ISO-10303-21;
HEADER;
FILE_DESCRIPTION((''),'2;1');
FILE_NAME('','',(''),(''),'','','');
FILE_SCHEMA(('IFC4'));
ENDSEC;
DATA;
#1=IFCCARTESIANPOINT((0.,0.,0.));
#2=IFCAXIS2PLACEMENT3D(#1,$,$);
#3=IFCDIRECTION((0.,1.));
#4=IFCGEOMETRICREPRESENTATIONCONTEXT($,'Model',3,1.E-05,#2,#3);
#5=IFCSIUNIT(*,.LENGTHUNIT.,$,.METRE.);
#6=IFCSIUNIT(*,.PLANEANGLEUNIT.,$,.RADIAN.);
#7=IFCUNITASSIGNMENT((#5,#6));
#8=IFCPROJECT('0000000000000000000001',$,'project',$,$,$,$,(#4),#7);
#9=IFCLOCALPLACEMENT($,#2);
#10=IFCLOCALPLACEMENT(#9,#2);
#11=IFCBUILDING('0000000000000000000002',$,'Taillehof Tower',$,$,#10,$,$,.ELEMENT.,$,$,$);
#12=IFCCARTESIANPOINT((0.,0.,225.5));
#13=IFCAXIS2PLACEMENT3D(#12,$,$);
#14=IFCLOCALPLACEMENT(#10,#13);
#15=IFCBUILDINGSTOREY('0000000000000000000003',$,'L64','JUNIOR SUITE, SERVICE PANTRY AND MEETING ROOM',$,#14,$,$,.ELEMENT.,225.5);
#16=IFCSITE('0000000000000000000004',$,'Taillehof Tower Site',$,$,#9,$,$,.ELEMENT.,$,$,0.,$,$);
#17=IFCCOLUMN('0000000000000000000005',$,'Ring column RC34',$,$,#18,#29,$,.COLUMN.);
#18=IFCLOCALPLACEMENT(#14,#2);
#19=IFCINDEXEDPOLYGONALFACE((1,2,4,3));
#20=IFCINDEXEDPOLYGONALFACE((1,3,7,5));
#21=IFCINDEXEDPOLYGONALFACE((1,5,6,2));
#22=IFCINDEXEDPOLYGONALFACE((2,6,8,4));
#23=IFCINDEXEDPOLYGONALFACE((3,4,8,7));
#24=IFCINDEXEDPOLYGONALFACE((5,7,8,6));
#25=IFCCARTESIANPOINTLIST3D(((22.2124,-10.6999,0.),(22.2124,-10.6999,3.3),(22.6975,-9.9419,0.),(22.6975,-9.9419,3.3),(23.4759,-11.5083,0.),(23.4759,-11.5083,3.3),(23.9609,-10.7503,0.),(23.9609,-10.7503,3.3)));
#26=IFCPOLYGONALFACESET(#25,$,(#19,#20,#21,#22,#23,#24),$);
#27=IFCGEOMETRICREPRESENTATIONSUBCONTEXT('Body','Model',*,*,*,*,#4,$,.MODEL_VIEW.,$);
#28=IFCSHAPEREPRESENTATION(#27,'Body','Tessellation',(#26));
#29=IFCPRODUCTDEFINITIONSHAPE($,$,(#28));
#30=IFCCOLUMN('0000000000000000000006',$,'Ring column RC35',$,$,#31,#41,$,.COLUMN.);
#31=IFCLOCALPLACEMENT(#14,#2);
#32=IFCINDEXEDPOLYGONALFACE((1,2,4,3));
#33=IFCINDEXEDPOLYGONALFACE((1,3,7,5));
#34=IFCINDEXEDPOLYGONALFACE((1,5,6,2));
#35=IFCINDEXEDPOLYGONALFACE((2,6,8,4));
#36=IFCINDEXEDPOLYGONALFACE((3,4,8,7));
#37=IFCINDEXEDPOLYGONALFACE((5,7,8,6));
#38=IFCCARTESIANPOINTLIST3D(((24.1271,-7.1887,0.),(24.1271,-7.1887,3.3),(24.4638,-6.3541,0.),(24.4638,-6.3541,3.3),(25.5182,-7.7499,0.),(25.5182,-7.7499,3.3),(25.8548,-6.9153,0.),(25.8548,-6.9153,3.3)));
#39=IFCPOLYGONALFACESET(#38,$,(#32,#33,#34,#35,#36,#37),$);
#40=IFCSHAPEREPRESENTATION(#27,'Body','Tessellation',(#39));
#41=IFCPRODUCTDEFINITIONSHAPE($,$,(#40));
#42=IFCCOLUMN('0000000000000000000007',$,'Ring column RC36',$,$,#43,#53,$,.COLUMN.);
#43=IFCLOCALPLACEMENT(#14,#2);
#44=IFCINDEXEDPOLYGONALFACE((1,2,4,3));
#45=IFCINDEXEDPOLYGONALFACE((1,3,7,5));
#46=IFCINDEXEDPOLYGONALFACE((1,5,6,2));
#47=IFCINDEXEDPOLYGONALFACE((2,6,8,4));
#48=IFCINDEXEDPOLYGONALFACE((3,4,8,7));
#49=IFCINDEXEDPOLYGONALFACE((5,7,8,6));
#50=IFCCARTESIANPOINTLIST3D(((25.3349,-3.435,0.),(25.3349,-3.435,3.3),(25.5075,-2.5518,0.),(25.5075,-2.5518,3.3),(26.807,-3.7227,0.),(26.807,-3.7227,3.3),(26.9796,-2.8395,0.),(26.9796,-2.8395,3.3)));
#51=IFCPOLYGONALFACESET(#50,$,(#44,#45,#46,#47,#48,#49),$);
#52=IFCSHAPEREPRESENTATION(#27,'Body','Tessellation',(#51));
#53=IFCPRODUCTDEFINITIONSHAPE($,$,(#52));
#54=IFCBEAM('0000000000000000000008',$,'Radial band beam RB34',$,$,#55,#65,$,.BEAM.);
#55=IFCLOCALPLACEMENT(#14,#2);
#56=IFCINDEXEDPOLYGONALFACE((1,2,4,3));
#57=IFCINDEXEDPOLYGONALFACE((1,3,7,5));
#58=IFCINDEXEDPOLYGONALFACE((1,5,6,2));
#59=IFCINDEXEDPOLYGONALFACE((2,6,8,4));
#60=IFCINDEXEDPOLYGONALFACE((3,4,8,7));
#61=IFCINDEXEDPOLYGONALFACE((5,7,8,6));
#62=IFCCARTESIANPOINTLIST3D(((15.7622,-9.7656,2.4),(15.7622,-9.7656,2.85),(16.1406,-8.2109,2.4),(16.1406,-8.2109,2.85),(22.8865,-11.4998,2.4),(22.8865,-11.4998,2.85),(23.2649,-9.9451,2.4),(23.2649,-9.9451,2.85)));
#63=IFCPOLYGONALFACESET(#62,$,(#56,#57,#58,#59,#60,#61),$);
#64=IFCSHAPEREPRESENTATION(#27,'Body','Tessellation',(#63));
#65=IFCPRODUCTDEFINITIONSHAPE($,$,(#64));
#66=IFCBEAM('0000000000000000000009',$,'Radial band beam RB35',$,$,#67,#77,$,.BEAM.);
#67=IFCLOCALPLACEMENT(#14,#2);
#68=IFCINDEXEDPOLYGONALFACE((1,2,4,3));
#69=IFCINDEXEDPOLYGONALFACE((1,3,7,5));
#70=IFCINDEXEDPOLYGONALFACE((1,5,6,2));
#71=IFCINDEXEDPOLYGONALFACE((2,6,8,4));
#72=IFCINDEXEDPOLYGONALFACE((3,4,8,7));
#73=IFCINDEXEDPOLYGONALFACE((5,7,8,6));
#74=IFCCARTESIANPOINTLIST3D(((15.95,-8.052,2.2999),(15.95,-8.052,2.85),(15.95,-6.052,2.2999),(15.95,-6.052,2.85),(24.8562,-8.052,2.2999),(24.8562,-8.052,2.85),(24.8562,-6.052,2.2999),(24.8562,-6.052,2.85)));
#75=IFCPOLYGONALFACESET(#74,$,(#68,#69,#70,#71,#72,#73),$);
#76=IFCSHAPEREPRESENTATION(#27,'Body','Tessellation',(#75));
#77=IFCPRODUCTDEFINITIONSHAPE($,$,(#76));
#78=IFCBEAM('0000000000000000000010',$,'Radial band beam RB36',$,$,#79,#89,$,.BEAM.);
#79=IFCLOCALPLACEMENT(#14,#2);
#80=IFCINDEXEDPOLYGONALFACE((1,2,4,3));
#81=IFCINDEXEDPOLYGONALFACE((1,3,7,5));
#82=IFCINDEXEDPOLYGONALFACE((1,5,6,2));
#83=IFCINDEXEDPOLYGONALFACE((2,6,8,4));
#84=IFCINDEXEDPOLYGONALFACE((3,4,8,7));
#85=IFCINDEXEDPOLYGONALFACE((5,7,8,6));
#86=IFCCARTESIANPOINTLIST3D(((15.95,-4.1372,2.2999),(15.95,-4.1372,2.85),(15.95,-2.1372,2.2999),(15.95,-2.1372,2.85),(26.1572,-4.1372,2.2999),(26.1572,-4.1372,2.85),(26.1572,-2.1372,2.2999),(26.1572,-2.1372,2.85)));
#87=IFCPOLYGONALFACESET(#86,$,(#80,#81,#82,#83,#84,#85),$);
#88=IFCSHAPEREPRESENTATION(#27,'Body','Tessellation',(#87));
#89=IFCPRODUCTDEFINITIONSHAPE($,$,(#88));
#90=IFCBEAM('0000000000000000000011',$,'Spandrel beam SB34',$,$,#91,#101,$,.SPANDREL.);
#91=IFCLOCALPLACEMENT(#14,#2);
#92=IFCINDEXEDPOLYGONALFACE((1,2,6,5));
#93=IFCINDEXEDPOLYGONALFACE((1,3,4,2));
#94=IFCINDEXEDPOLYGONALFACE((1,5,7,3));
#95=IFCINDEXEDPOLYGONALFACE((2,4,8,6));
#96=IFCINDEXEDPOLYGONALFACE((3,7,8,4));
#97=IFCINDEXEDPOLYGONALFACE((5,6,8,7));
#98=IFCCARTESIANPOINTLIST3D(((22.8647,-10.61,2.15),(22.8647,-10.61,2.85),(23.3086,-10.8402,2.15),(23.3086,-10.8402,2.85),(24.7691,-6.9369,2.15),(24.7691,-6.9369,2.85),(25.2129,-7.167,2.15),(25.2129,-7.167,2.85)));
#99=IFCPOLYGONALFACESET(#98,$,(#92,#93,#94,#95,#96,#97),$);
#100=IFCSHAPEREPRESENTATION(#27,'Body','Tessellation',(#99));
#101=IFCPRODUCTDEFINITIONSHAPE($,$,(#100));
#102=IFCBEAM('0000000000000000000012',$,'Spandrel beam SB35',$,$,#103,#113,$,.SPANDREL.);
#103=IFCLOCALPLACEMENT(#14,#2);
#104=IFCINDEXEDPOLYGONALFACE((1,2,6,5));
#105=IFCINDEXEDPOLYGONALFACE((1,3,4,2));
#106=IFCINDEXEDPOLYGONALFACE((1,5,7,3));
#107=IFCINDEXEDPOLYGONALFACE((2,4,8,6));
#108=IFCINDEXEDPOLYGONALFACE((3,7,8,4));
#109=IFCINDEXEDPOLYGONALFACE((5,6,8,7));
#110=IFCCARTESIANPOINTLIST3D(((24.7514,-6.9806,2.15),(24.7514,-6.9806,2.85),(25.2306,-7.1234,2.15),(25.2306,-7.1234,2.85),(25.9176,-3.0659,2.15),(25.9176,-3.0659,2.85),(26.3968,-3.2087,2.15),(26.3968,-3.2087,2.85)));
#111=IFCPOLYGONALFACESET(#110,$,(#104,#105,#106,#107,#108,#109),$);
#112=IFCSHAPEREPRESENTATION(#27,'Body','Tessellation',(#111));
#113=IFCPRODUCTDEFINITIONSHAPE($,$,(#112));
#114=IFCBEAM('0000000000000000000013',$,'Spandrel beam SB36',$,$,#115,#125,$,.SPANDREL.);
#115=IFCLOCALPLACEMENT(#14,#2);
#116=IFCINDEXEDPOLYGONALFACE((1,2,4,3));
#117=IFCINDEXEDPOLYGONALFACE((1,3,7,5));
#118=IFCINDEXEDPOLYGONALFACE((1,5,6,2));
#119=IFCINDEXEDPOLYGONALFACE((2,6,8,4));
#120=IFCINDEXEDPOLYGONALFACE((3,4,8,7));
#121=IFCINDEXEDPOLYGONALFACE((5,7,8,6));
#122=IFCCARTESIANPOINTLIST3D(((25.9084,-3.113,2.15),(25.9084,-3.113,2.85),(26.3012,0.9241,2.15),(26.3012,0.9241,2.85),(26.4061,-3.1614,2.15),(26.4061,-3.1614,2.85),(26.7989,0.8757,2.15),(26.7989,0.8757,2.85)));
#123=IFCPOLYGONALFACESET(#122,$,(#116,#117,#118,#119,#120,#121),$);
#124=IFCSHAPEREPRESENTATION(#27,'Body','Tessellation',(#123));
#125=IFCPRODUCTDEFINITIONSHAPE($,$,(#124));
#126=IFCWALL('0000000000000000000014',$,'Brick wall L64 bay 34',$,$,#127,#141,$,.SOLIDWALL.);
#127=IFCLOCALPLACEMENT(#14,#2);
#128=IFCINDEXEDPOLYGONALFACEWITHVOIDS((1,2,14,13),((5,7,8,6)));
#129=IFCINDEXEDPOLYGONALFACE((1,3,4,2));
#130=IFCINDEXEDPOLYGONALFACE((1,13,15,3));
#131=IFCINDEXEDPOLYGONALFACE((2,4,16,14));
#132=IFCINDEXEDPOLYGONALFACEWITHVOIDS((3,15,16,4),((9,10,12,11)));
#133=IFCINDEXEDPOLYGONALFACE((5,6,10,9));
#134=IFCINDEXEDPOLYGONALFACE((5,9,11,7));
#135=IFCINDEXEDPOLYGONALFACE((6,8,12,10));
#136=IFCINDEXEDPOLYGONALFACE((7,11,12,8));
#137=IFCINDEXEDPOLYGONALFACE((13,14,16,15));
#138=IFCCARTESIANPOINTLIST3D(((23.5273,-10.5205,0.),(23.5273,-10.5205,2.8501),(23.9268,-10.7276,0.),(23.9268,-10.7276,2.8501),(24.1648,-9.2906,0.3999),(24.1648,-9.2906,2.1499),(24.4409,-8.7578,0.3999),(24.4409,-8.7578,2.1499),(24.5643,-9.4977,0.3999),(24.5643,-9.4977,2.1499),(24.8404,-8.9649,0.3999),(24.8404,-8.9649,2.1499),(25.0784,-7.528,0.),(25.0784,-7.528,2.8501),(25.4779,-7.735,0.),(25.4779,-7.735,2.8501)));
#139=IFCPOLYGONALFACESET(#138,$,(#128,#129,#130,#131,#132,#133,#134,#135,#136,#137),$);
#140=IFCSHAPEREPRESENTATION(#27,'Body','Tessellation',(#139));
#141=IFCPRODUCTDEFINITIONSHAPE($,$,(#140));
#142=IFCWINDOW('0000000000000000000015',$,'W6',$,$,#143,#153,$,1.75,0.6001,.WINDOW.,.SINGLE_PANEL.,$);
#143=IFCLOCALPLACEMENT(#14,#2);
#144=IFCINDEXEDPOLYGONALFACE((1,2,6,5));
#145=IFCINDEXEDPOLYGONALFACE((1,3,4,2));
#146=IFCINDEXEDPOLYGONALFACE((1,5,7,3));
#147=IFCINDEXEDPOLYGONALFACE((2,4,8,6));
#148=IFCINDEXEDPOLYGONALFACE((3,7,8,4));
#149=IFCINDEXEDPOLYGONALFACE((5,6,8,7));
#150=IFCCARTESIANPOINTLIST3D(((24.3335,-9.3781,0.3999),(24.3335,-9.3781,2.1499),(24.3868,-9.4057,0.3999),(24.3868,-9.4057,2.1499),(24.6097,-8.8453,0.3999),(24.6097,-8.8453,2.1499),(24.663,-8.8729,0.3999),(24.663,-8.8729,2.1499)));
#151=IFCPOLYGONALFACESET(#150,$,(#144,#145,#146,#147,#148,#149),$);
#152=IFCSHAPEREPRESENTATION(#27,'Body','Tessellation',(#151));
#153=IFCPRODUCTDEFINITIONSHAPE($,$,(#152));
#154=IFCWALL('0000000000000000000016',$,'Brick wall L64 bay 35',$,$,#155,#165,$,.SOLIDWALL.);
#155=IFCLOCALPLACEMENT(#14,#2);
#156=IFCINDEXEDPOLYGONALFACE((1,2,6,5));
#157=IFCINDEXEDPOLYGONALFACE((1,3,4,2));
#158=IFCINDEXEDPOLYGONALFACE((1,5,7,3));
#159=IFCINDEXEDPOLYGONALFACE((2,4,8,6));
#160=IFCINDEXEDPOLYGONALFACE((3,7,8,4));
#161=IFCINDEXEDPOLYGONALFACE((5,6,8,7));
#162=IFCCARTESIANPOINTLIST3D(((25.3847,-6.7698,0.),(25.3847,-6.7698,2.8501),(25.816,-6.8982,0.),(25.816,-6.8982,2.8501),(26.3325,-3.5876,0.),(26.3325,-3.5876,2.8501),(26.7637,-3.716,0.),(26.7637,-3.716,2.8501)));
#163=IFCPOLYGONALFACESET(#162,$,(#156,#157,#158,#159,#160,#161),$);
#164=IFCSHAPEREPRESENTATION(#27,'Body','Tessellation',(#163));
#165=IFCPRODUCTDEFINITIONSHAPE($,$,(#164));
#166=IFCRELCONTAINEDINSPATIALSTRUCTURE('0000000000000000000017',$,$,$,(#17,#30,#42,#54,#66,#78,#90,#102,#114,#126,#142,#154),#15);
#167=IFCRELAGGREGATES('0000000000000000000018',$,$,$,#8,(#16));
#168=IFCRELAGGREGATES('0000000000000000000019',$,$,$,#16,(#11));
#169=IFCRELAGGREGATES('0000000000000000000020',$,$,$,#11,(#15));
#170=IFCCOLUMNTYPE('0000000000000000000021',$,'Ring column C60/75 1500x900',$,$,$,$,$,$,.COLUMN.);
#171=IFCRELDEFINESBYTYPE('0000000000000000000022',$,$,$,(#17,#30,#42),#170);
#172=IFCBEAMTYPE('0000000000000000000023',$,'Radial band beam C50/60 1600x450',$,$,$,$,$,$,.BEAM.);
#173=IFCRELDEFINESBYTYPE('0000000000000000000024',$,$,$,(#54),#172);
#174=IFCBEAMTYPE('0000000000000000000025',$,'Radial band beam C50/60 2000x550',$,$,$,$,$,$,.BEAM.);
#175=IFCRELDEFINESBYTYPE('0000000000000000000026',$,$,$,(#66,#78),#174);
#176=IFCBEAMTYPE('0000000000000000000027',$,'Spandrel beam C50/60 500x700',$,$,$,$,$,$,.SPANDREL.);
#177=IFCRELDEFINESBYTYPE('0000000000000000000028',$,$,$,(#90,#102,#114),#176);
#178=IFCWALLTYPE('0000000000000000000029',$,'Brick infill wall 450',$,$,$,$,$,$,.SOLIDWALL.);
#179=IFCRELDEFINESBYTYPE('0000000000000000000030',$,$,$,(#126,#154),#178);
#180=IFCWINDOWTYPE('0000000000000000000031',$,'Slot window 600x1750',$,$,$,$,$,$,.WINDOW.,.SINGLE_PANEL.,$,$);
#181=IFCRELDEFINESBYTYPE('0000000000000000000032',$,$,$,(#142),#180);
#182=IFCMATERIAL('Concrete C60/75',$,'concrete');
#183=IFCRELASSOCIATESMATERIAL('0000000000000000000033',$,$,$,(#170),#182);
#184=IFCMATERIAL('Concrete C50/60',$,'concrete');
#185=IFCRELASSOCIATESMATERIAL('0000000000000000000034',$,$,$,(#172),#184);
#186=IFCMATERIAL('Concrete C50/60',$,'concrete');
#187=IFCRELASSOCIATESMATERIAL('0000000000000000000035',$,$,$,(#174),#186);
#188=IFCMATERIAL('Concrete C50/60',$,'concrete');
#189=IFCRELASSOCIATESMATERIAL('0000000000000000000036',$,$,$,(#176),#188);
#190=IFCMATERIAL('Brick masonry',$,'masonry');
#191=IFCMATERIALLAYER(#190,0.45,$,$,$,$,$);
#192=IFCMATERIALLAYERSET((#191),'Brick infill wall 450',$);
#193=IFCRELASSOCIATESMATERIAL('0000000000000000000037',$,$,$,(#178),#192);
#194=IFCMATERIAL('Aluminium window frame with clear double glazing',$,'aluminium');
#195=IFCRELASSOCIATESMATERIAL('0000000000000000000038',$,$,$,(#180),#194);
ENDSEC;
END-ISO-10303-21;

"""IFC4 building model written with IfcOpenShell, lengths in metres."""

from ifc_helpers import new_model, si_unit, direction, frame, frame_2d, origin, origin_2d, place, context, subcontext, project, spatial, rectangle, extrude, material, layer, layer_set, material_profile, profile_set, type_object, element, fill, save


model = new_model("IFC4")

# Units and contexts
model_context = context("Model", 3, precision=1e-05, world=origin(), true_north=direction((0.0, 1.0)))
body_context = subcontext(model_context, "Body", "Model", "MODEL_VIEW")
ifc_project = project(units=[si_unit("LENGTHUNIT", "METRE"), si_unit("PLANEANGLEUNIT", "RADIAN")], contexts=[model_context])

# Site, building, storey
site_placement = place(None, origin())
site = spatial("IfcSite", under=ifc_project, at=site_placement, Name="Taillehof Tower Site", CompositionType="ELEMENT", RefElevation=0.0)
building_placement = place(site_placement, origin())
building = spatial("IfcBuilding", under=site, at=building_placement, Name="Taillehof Tower", CompositionType="ELEMENT")
storey_placement = place(building_placement, frame((0.0, 0.0, 225.5)))
storey = spatial("IfcBuildingStorey", under=building, at=storey_placement, Name="L64", Description="JUNIOR SUITE, SERVICE PANTRY AND MEETING ROOM", CompositionType="ELEMENT", Elevation=225.5)

# Columns
ifc_material_1 = material(Name="Concrete C60/75", Category="concrete")
ifc_material_profile_1 = material_profile(ifc_material_1, rectangle(XDim=1.5, YDim=0.8999, at=origin_2d()), Name="RC 1500x900")
ifc_profile_set_1 = profile_set([ifc_material_profile_1], Name="Concrete C60/75")
column_type = type_object("IfcColumnType", Name="Ring column C60/75 1500x900", PredefinedType="COLUMN", material=ifc_profile_set_1)
for number, where, z_axis, x_axis, name in (
    (1, (23.0867, -10.7251, 0.0), (0.0, 0.0, 1.0), (0.842311, -0.538992, 0.0), "Ring column RC34"),
    (2, (24.991, -7.052, 0.0), (0.0, 0.0, 1.0), (0.927385, -0.374108, 0.0), "Ring column RC35"),
    (3, (26.1572, -3.1372, 0.0), (0.0, 0.0, 1.0), (0.981434, -0.191801, 0.0), "Ring column RC36"),
):
    element("IfcColumn", number, at=place(storey_placement, frame(where, z_axis=z_axis, x_axis=x_axis)), inside=storey, type_object=column_type, Name=name, PredefinedType="COLUMN", context=body_context, shape_type="SweptSolid", body=[
        extrude(rectangle(XDim=1.5, YDim=0.8999, at=origin_2d()), origin(), (0.0, 0.0, 1.0), 3.3),
    ])

# Beams
ifc_material_2 = material(Name="Concrete C50/60", Category="concrete")
ifc_material_profile_2 = material_profile(ifc_material_2, rectangle(XDim=1.6001, YDim=0.45, at=origin_2d()), Name="RC 1600x450")
ifc_profile_set_2 = profile_set([ifc_material_profile_2], Name="Concrete C50/60")
beam_type_1 = type_object("IfcBeamType", Name="Radial band beam C50/60 1600x450", PredefinedType="BEAM", material=ifc_profile_set_2)
beam_1_placement = place(storey_placement, frame((23.0757, -10.7224, 2.625), z_axis=(-0.97163, 0.236506, 0.0), x_axis=(-0.236506, -0.97163, 0.0)))
element("IfcBeam", 4, at=beam_1_placement, inside=storey, type_object=beam_type_1, Name="Radial band beam RB34", PredefinedType="BEAM", context=body_context, shape_type="SweptSolid", body=[
    extrude(rectangle(XDim=1.6001, YDim=0.45, at=origin_2d()), origin(), (0.0, 0.0, 1.0), 7.3323),
])
ifc_material_3 = material(Name="Concrete C50/60", Category="concrete")
ifc_material_profile_3 = material_profile(ifc_material_3, rectangle(XDim=2.0, YDim=0.55, at=origin_2d()), Name="RC 2000x550")
ifc_profile_set_3 = profile_set([ifc_material_profile_3], Name="Concrete C50/60")
beam_type_2 = type_object("IfcBeamType", Name="Radial band beam C50/60 2000x550", PredefinedType="BEAM", material=ifc_profile_set_3)
beam_2_placement = place(storey_placement, frame((24.8562, -7.052, 2.575), z_axis=(-1.0, 0.0, 0.0), x_axis=(0.0, -1.0, 0.0)))
element("IfcBeam", 5, at=beam_2_placement, inside=storey, type_object=beam_type_2, Name="Radial band beam RB35", PredefinedType="BEAM", context=body_context, shape_type="SweptSolid", body=[
    extrude(rectangle(XDim=2.0, YDim=0.55, at=origin_2d()), origin(), (0.0, 0.0, 1.0), 8.9062),
])
beam_3_placement = place(storey_placement, frame((26.1572, -3.1372, 2.575), z_axis=(-1.0, 0.0, 0.0), x_axis=(0.0, -1.0, 0.0)))
element("IfcBeam", 6, at=beam_3_placement, inside=storey, type_object=beam_type_2, Name="Radial band beam RB36", PredefinedType="BEAM", context=body_context, shape_type="SweptSolid", body=[
    extrude(rectangle(XDim=2.0, YDim=0.55, at=origin_2d()), origin(), (0.0, 0.0, 1.0), 10.2073),
])
ifc_material_4 = material(Name="Concrete C50/60", Category="concrete")
ifc_material_profile_4 = material_profile(ifc_material_4, rectangle(XDim=0.5, YDim=0.7, at=origin_2d()), Name="RC 500x700")
ifc_profile_set_4 = profile_set([ifc_material_profile_4], Name="Concrete C50/60")
beam_type_3 = type_object("IfcBeamType", Name="Spandrel beam C50/60 500x700", PredefinedType="SPANDREL", material=ifc_profile_set_4)
beam_4_placement = place(storey_placement, frame((23.0867, -10.7251, 2.5), z_axis=(0.460265, 0.887781, 0.0), x_axis=(-0.887781, 0.460265, 0.0)))
element("IfcBeam", 7, at=beam_4_placement, inside=storey, type_object=beam_type_3, Name="Spandrel beam SB34", PredefinedType="SPANDREL", context=body_context, shape_type="SweptSolid", body=[
    extrude(rectangle(XDim=0.5, YDim=0.7, at=origin_2d()), origin(), (0.0, 0.0, 1.0), 4.1375),
])
beam_5_placement = place(storey_placement, frame((24.991, -7.052, 2.5), z_axis=(0.28551, 0.958376, 0.0), x_axis=(-0.958376, 0.28551, 0.0)))
element("IfcBeam", 8, at=beam_5_placement, inside=storey, type_object=beam_type_3, Name="Spandrel beam SB35", PredefinedType="SPANDREL", context=body_context, shape_type="SweptSolid", body=[
    extrude(rectangle(XDim=0.5, YDim=0.7, at=origin_2d()), origin(), (0.0, 0.0, 1.0), 4.0847),
])
beam_6_placement = place(storey_placement, frame((26.1572, -3.1372, 2.5), z_axis=(0.096845, 0.995299, 0.0), x_axis=(-0.995299, 0.096845, 0.0)))
element("IfcBeam", 9, at=beam_6_placement, inside=storey, type_object=beam_type_3, Name="Spandrel beam SB36", PredefinedType="SPANDREL", context=body_context, shape_type="SweptSolid", body=[
    extrude(rectangle(XDim=0.5, YDim=0.7, at=origin_2d()), origin(), (0.0, 0.0, 1.0), 4.0562),
])

# Wall, opening, window
ifc_material_5 = material(Name="Brick masonry", Category="masonry")
ifc_layer_1 = layer(ifc_material_5, 0.45)
ifc_layer_set_1 = layer_set([ifc_layer_1], Name="Brick infill wall 450")
wall_type_1 = type_object("IfcWallType", Name="Brick infill wall 450", PredefinedType="SOLIDWALL", material=ifc_layer_set_1)
wall_1_placement = place(storey_placement, frame((23.7271, -10.624, 0.0), z_axis=(0.0, 0.0, 1.0), x_axis=(0.460176, 0.887828, 0.0)))
wall_1 = element("IfcWall", 10, at=wall_1_placement, inside=storey, type_object=wall_type_1, Name="Brick wall L64 bay 34", PredefinedType="SOLIDWALL", context=body_context, shape_type="SweptSolid", body=[
    extrude(rectangle(XDim=3.3706, YDim=0.45, at=frame_2d((1.6853, 0.0))), origin(), (0.0, 0.0, 1.0), 2.8501),
])
opening_1_placement = place(wall_1_placement, frame((1.3853, 0.0, 0.3999)))
opening_1 = element("IfcOpeningElement", 11, at=opening_1_placement, cuts=wall_1, PredefinedType="OPENING", context=body_context, shape_type="SweptSolid", body=[
    extrude(rectangle(XDim=0.6001, YDim=1.75, at=frame_2d((0.3, 0.875))), frame((0.0, 0.2349, 0.0), z_axis=(0.0, -1.0, 0.0), x_axis=(1.0, 0.0, 0.0)), (0.0, 0.0, 1.0), 0.47),
])
ifc_material_6 = material(Name="Aluminium window frame with clear double glazing", Category="aluminium")
window_type = type_object("IfcWindowType", Name="Slot window 600x1750", PartitioningType="SINGLE_PANEL", PredefinedType="WINDOW", material=ifc_material_6)
window_1_placement = place(opening_1_placement, origin())
window_1 = element("IfcWindow", 12, at=window_1_placement, inside=storey, type_object=window_type, Name="W6", OverallHeight=1.75, OverallWidth=0.6001, PartitioningType="SINGLE_PANEL", PredefinedType="WINDOW", context=body_context, shape_type="SweptSolid", body=[
    extrude(rectangle(XDim=0.6001, YDim=1.75, at=frame_2d((0.3, 0.875))), frame((0.0, 0.0349, 0.0), z_axis=(0.0, -1.0, 0.0), x_axis=(1.0, 0.0, 0.0)), (0.0, 0.0, 1.0), 0.0601),
])
fill(opening_1, window_1)

# Wall
wall_2_placement = place(storey_placement, frame((25.6003, -6.834, 0.0), z_axis=(0.0, 0.0, 1.0), x_axis=(0.285445, 0.958395, 0.0)))
element("IfcWall", 13, at=wall_2_placement, inside=storey, type_object=wall_type_1, Name="Brick wall L64 bay 35", PredefinedType="SOLIDWALL", context=body_context, shape_type="SweptSolid", body=[
    extrude(rectangle(XDim=3.3203, YDim=0.45, at=frame_2d((1.6602, 0.0))), origin(), (0.0, 0.0, 1.0), 2.8501),
])

save(model, "model.ifc")
